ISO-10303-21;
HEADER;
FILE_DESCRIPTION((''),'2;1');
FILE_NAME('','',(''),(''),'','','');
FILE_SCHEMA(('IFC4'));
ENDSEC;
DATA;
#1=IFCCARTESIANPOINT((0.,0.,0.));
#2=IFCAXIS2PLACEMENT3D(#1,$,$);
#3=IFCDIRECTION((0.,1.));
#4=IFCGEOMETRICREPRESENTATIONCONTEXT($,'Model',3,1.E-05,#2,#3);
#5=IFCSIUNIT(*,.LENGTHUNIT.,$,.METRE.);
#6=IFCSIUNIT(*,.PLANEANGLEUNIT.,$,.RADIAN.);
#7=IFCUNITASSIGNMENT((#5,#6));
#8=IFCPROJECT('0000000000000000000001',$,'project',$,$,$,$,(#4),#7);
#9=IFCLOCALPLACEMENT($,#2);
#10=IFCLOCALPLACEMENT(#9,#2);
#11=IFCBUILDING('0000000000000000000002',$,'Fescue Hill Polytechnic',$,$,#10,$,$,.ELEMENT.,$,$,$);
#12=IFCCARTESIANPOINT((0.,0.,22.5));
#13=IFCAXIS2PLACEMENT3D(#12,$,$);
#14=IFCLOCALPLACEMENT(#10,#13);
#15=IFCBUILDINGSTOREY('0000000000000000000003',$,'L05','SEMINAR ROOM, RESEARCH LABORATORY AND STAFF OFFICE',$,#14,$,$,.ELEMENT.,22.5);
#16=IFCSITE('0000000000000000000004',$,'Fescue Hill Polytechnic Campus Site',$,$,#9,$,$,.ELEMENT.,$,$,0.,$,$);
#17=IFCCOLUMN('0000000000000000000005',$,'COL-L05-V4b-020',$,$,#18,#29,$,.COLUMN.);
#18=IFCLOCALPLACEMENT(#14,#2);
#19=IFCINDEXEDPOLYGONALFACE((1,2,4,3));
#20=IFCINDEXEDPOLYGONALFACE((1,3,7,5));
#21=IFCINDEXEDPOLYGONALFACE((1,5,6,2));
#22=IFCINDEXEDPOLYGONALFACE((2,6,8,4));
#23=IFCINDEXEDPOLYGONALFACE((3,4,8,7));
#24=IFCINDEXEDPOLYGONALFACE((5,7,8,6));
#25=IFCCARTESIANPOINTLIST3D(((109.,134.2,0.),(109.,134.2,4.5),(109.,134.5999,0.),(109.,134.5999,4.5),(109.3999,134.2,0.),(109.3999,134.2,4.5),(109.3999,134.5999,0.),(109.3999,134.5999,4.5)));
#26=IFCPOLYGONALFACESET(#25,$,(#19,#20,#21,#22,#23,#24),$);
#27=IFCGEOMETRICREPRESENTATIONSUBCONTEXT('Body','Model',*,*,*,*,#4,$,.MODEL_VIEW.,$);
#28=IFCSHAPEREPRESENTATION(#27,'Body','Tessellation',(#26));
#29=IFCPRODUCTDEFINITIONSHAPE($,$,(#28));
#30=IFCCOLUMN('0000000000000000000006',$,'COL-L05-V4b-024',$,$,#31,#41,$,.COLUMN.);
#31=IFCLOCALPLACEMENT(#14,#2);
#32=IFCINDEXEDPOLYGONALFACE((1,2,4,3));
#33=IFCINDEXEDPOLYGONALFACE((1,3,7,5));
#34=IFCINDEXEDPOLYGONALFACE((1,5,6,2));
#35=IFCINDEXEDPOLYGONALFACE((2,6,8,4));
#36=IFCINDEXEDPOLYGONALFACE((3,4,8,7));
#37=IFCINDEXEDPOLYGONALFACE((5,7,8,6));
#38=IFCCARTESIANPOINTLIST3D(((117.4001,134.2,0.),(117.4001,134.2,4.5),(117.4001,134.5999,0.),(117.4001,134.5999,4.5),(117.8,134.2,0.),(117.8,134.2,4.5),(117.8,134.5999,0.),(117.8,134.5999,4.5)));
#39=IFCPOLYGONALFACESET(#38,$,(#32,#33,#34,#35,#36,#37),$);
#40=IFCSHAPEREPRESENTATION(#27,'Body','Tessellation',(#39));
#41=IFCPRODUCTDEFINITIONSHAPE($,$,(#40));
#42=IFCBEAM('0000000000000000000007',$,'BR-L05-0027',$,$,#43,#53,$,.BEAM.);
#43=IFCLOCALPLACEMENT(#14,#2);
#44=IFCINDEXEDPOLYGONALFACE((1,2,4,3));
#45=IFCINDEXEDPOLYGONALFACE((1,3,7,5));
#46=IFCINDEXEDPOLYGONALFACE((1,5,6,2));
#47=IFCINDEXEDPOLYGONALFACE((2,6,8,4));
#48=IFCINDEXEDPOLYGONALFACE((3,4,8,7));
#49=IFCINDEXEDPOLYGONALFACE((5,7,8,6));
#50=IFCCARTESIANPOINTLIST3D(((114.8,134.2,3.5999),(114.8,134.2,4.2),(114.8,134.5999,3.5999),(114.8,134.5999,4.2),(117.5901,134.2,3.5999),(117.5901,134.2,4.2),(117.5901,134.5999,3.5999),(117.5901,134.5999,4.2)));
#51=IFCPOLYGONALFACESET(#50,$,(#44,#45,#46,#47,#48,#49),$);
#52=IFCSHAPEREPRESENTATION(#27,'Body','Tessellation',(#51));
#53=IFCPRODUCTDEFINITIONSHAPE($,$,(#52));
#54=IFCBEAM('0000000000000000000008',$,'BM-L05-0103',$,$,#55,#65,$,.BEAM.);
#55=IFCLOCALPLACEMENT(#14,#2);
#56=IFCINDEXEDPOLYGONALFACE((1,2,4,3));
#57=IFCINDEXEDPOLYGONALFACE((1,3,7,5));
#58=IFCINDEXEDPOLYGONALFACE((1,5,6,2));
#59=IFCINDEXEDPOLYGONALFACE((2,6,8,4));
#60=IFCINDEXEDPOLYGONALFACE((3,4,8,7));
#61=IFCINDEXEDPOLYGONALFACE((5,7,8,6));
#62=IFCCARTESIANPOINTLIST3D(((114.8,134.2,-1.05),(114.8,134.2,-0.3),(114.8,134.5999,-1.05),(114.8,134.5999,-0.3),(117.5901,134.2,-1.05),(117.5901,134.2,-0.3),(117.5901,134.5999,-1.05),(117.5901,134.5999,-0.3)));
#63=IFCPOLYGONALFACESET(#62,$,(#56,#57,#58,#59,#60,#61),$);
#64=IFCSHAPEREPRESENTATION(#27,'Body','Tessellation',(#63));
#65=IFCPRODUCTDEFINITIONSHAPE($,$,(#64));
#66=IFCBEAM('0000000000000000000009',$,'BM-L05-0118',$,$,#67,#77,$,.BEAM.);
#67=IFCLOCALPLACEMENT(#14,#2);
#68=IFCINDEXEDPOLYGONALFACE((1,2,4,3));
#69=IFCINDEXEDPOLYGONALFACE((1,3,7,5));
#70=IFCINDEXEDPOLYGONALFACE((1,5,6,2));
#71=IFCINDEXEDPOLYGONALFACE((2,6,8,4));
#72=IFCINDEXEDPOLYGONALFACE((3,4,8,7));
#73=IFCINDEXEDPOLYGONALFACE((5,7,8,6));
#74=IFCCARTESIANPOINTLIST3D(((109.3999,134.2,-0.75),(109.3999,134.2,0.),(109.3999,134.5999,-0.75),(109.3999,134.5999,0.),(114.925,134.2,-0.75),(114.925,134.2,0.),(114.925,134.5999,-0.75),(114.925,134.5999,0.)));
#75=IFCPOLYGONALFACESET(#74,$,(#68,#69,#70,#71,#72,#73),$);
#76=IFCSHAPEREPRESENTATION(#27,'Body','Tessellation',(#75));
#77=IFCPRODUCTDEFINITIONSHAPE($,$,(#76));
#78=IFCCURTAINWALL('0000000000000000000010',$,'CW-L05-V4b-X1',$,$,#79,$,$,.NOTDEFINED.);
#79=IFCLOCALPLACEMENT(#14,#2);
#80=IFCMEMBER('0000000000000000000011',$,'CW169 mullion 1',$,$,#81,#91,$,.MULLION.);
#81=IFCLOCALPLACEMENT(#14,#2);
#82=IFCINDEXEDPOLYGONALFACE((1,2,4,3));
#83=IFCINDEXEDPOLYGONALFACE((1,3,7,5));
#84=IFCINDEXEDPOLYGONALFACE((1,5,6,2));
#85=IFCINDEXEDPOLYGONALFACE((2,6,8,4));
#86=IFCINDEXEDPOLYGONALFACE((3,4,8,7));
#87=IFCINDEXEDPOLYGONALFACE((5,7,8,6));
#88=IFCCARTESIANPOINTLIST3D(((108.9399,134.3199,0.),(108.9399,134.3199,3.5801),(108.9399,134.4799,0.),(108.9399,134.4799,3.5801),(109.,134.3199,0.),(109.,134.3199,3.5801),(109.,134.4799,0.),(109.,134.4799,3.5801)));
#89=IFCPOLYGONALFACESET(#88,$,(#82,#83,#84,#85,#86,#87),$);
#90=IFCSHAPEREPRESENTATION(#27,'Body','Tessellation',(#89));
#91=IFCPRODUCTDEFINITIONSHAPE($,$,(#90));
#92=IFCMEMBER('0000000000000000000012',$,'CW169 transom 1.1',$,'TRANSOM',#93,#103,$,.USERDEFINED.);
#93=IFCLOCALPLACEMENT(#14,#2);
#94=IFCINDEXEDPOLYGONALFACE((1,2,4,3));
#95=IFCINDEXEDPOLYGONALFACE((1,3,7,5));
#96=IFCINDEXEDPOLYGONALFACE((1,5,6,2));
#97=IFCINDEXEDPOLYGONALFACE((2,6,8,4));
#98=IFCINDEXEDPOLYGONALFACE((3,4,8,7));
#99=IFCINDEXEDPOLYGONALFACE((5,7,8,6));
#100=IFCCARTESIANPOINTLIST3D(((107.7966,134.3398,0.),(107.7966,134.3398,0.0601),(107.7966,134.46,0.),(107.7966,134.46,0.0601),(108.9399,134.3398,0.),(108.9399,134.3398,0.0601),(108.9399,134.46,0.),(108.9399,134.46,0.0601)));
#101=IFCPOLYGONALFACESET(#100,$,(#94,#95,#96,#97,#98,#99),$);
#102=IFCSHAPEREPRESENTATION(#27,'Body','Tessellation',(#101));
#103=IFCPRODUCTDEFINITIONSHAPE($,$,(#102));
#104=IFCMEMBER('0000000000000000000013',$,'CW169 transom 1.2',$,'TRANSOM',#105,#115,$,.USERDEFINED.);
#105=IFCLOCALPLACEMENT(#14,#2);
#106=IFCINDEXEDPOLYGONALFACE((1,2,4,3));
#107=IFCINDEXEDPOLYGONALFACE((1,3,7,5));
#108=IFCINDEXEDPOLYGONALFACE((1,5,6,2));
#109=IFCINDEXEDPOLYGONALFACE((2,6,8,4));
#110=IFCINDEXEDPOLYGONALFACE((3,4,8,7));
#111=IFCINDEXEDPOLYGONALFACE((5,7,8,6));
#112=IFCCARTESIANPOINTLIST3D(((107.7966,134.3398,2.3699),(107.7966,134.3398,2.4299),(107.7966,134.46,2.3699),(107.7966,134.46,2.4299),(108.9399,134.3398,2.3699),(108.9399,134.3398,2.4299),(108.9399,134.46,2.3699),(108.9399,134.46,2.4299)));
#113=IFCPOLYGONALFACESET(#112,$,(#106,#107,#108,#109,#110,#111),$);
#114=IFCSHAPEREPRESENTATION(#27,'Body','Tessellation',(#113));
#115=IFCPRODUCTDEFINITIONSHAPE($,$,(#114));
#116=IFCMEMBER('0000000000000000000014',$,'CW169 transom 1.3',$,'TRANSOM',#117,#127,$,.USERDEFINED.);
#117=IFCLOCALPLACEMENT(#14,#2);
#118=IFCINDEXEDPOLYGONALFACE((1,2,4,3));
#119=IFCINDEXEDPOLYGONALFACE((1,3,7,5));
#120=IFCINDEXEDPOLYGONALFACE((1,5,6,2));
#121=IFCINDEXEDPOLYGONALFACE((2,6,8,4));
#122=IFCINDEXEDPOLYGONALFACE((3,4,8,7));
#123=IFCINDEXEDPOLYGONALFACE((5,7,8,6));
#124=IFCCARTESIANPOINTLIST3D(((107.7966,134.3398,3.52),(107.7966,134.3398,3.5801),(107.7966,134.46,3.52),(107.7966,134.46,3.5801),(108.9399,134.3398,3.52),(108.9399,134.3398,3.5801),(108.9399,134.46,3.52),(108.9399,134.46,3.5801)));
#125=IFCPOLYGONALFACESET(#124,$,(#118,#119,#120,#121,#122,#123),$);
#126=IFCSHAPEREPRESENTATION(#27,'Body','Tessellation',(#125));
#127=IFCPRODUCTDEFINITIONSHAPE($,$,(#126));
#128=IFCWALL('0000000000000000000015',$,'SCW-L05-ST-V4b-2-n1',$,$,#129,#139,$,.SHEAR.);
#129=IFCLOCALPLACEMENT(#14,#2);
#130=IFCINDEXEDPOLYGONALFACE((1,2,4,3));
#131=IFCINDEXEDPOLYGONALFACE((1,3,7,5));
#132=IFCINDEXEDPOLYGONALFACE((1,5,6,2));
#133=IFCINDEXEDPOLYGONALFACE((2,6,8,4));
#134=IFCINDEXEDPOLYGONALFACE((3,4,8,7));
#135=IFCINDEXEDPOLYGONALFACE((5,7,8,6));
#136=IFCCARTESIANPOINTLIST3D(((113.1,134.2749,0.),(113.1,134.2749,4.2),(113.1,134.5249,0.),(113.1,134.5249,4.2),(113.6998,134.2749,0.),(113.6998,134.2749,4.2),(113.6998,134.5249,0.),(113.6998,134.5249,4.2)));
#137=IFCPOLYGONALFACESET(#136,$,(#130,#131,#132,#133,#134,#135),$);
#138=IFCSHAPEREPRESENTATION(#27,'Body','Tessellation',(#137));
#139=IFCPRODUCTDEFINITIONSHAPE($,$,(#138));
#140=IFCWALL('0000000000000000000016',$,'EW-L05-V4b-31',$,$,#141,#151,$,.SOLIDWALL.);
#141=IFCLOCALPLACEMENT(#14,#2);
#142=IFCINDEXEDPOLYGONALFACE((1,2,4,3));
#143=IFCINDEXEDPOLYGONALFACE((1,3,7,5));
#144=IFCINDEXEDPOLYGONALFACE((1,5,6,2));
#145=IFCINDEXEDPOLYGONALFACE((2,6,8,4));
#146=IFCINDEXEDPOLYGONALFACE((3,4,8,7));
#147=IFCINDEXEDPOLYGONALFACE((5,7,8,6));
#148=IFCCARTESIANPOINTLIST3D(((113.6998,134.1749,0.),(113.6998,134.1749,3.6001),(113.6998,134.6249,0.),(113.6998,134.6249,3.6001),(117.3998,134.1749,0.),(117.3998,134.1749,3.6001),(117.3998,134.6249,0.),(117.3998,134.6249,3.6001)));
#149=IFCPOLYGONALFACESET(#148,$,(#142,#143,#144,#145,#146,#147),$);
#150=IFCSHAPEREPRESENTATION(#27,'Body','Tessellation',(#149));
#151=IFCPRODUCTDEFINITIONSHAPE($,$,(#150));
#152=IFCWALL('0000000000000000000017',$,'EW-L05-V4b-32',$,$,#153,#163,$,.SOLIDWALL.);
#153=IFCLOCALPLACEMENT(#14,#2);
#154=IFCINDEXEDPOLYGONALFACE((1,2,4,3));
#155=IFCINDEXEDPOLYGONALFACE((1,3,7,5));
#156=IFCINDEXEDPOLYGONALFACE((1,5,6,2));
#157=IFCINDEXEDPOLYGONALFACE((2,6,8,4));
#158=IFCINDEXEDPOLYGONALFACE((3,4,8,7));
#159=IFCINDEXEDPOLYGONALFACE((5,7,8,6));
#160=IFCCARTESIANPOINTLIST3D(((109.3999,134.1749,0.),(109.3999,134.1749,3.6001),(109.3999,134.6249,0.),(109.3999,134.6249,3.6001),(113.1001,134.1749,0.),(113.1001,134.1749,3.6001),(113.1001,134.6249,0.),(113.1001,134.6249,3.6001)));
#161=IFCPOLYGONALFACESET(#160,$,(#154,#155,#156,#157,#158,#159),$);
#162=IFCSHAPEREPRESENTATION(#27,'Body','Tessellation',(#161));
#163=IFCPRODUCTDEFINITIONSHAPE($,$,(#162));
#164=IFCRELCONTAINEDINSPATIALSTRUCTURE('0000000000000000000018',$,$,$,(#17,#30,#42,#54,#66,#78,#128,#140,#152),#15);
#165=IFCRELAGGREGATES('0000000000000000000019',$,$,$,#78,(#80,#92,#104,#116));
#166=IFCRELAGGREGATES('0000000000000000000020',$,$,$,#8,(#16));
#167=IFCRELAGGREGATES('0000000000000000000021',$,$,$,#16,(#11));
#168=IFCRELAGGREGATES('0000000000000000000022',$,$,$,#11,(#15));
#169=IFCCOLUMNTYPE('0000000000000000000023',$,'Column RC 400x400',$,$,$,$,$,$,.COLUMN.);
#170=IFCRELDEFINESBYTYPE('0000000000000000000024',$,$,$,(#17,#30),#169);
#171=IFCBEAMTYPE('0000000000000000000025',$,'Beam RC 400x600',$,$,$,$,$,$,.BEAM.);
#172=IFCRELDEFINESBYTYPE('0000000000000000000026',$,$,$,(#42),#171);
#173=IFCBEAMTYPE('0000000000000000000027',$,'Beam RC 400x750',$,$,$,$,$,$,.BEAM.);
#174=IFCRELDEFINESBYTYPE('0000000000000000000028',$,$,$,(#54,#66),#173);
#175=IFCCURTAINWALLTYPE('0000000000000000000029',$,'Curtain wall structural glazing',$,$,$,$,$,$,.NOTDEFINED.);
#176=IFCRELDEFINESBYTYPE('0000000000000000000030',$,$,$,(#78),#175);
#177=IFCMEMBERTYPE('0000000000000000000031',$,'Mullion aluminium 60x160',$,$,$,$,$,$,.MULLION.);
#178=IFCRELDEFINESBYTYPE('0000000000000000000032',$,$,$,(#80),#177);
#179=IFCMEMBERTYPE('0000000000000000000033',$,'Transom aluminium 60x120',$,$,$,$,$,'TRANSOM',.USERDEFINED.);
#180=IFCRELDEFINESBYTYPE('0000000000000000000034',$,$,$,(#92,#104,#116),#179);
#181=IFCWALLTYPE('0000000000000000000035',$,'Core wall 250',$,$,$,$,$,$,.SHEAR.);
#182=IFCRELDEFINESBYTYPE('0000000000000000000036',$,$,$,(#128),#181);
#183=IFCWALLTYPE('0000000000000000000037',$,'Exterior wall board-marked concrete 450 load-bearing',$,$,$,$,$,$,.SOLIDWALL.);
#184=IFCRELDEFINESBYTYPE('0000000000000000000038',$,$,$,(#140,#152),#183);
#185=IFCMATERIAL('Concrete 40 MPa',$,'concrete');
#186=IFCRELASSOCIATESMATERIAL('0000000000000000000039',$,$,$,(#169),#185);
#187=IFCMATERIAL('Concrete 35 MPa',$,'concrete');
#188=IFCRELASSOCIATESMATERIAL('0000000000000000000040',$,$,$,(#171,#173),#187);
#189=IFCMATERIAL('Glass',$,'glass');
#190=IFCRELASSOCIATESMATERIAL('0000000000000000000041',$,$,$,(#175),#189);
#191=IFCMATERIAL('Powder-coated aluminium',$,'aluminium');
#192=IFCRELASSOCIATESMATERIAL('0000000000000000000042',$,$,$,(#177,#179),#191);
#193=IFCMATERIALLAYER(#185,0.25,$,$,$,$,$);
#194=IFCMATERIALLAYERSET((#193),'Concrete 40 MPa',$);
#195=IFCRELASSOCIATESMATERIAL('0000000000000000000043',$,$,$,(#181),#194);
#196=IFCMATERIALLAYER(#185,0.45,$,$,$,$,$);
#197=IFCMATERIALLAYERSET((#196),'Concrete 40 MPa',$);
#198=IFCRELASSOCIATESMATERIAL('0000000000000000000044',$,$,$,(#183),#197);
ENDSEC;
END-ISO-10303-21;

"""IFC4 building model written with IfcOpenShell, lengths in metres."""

from ifc_helpers import new_model, si_unit, direction, frame, frame_2d, origin, origin_2d, place, context, subcontext, project, spatial, rectangle, extrude, material, layer, layer_set, material_profile, profile_set, type_object, element, aggregate, save


model = new_model("IFC4")

# Units and contexts
model_context = context("Model", 3, precision=1e-05, world=origin(), true_north=direction((0.0, 1.0)))
body_context = subcontext(model_context, "Body", "Model", "MODEL_VIEW")
ifc_project = project(units=[si_unit("LENGTHUNIT", "METRE"), si_unit("PLANEANGLEUNIT", "RADIAN")], contexts=[model_context])

# Site, building, storey
site_placement = place(None, origin())
site = spatial("IfcSite", under=ifc_project, at=site_placement, Name="Fescue Hill Polytechnic Campus Site", CompositionType="ELEMENT", RefElevation=0.0)
building_placement = place(site_placement, origin())
building = spatial("IfcBuilding", under=site, at=building_placement, Name="Fescue Hill Polytechnic", CompositionType="ELEMENT")
storey_placement = place(building_placement, frame((0.0, 0.0, 22.5)))
storey = spatial("IfcBuildingStorey", under=building, at=storey_placement, Name="L05", Description="SEMINAR ROOM, RESEARCH LABORATORY AND STAFF OFFICE", CompositionType="ELEMENT", Elevation=22.5)

# Columns
ifc_material_1 = material(Name="Concrete 40 MPa", Category="concrete")
ifc_material_profile_1 = material_profile(ifc_material_1, rectangle(XDim=0.3999, YDim=0.3999, at=origin_2d()), Name="RC 400x400")
ifc_profile_set_1 = profile_set([ifc_material_profile_1], Name="Concrete 40 MPa")
column_type = type_object("IfcColumnType", Name="Column RC 400x400", PredefinedType="COLUMN", material=ifc_profile_set_1)
for number, where, z_axis, x_axis, name in (
    (1, (109.2, 134.3999, 0.0), (0.0, 0.0, 1.0), (1.0, 0.0, 0.0), "COL-L05-V4b-020"),
    (2, (117.6001, 134.3999, 0.0), (0.0, 0.0, 1.0), (1.0, 0.0, 0.0), "COL-L05-V4b-024"),
):
    element("IfcColumn", number, at=place(storey_placement, frame(where, z_axis=z_axis, x_axis=x_axis)), inside=storey, type_object=column_type, Name=name, PredefinedType="COLUMN", context=body_context, shape_type="SweptSolid", body=[
        extrude(rectangle(XDim=0.3999, YDim=0.3999, at=origin_2d()), origin(), (0.0, 0.0, 1.0), 4.5),
    ])

# Beams
ifc_material_2 = material(Name="Concrete 35 MPa", Category="concrete")
ifc_material_profile_2 = material_profile(ifc_material_2, rectangle(XDim=0.3999, YDim=0.6001, at=origin_2d()), Name="RC 400x600")
ifc_profile_set_2 = profile_set([ifc_material_profile_2], Name="Concrete 35 MPa")
beam_type_1 = type_object("IfcBeamType", Name="Beam RC 400x600", PredefinedType="BEAM", material=ifc_profile_set_2)
beam_1_placement = place(storey_placement, frame((114.8, 134.3999, 3.8999), z_axis=(1.0, 0.0, 0.0), x_axis=(0.0, 1.0, 0.0)))
element("IfcBeam", 3, at=beam_1_placement, inside=storey, type_object=beam_type_1, Name="BR-L05-0027", PredefinedType="BEAM", context=body_context, shape_type="SweptSolid", body=[
    extrude(rectangle(XDim=0.3999, YDim=0.6001, at=origin_2d()), origin(), (0.0, 0.0, 1.0), 2.79),
])
ifc_material_profile_3 = material_profile(ifc_material_2, rectangle(XDim=0.3999, YDim=0.75, at=origin_2d()), Name="RC 400x750")
ifc_profile_set_3 = profile_set([ifc_material_profile_3], Name="Concrete 35 MPa")
beam_type_2 = type_object("IfcBeamType", Name="Beam RC 400x750", PredefinedType="BEAM", material=ifc_profile_set_3)
beam_2_placement = place(storey_placement, frame((114.8, 134.3999, -0.675), z_axis=(1.0, 0.0, 0.0), x_axis=(0.0, 1.0, 0.0)))
element("IfcBeam", 4, at=beam_2_placement, inside=storey, type_object=beam_type_2, Name="BM-L05-0103", PredefinedType="BEAM", context=body_context, shape_type="SweptSolid", body=[
    extrude(rectangle(XDim=0.3999, YDim=0.75, at=origin_2d()), origin(), (0.0, 0.0, 1.0), 2.79),
])
beam_3_placement = place(storey_placement, frame((109.3999, 134.3999, -0.375), z_axis=(1.0, 0.0, 0.0), x_axis=(0.0, 1.0, 0.0)))
element("IfcBeam", 5, at=beam_3_placement, inside=storey, type_object=beam_type_2, Name="BM-L05-0118", PredefinedType="BEAM", context=body_context, shape_type="SweptSolid", body=[
    extrude(rectangle(XDim=0.3999, YDim=0.75, at=origin_2d()), origin(), (0.0, 0.0, 1.0), 5.5251),
])

# Curtain wall, members
ifc_material_3 = material(Name="Glass", Category="glass")
curtain_wall_type = type_object("IfcCurtainWallType", Name="Curtain wall structural glazing", PredefinedType="NOTDEFINED", material=ifc_material_3)
curtain_wall_placement = place(storey_placement, origin())
curtain_wall = element("IfcCurtainWall", 6, at=curtain_wall_placement, inside=storey, type_object=curtain_wall_type, Name="CW-L05-V4b-X1", PredefinedType="NOTDEFINED")
ifc_material_4 = material(Name="Powder-coated aluminium", Category="aluminium")
ifc_material_profile_4 = material_profile(ifc_material_4, rectangle(XDim=0.1599, YDim=0.0601, at=origin_2d()), Name="Mullion aluminium 60x160")
ifc_profile_set_4 = profile_set([ifc_material_profile_4], Name="Powder-coated aluminium")
member_type_1 = type_object("IfcMemberType", Name="Mullion aluminium 60x160", PredefinedType="MULLION", material=ifc_profile_set_4)
member_1_placement = place(storey_placement, frame((108.97, 134.3999, 0.0), z_axis=(0.0, 0.0, 1.0), x_axis=(0.0, -1.0, 0.0)))
member_1 = element("IfcMember", 7, at=member_1_placement, type_object=member_type_1, Name="CW169 mullion 1", PredefinedType="MULLION", context=body_context, shape_type="SweptSolid", body=[
    extrude(rectangle(XDim=0.1599, YDim=0.0601, at=origin_2d()), origin(), (0.0, 0.0, 1.0), 3.5801),
])
ifc_material_profile_5 = material_profile(ifc_material_4, rectangle(XDim=0.1201, YDim=0.0601, at=origin_2d()), Name="Transom aluminium 60x120")
ifc_profile_set_5 = profile_set([ifc_material_profile_5], Name="Powder-coated aluminium")
member_type_2 = type_object("IfcMemberType", Name="Transom aluminium 60x120", ElementType="TRANSOM", PredefinedType="USERDEFINED", material=ifc_profile_set_5)
member_2_placement = place(storey_placement, frame((108.9399, 134.3999, 0.03), z_axis=(-1.0, 0.0, 0.0), x_axis=(0.0, -1.0, 0.0)))
member_2 = element("IfcMember", 8, at=member_2_placement, type_object=member_type_2, Name="CW169 transom 1.1", ObjectType="TRANSOM", PredefinedType="USERDEFINED", context=body_context, shape_type="SweptSolid", body=[
    extrude(rectangle(XDim=0.1201, YDim=0.0601, at=origin_2d()), origin(), (0.0, 0.0, 1.0), 1.1433),
])
member_3_placement = place(storey_placement, frame((108.9399, 134.3999, 2.3999), z_axis=(-1.0, 0.0, 0.0), x_axis=(0.0, -1.0, 0.0)))
member_3 = element("IfcMember", 9, at=member_3_placement, type_object=member_type_2, Name="CW169 transom 1.2", ObjectType="TRANSOM", PredefinedType="USERDEFINED", context=body_context, shape_type="SweptSolid", body=[
    extrude(rectangle(XDim=0.1201, YDim=0.0601, at=origin_2d()), origin(), (0.0, 0.0, 1.0), 1.1433),
])
member_4_placement = place(storey_placement, frame((108.9399, 134.3999, 3.55), z_axis=(-1.0, 0.0, 0.0), x_axis=(0.0, -1.0, 0.0)))
member_4 = element("IfcMember", 10, at=member_4_placement, type_object=member_type_2, Name="CW169 transom 1.3", ObjectType="TRANSOM", PredefinedType="USERDEFINED", context=body_context, shape_type="SweptSolid", body=[
    extrude(rectangle(XDim=0.1201, YDim=0.0601, at=origin_2d()), origin(), (0.0, 0.0, 1.0), 1.1433),
])
aggregate(curtain_wall, [member_1, member_2, member_3, member_4])

# Walls
ifc_layer_1 = layer(ifc_material_1, 0.25)
ifc_layer_set_1 = layer_set([ifc_layer_1], Name="Concrete 40 MPa")
wall_type_1 = type_object("IfcWallType", Name="Core wall 250", PredefinedType="SHEAR", material=ifc_layer_set_1)
wall_1_placement = place(storey_placement, frame((113.1001, 134.3999, 0.0), z_axis=(0.0, 0.0, 1.0), x_axis=(1.0, 0.0, 0.0)))
element("IfcWall", 11, at=wall_1_placement, inside=storey, type_object=wall_type_1, Name="SCW-L05-ST-V4b-2-n1", PredefinedType="SHEAR", context=body_context, shape_type="SweptSolid", body=[
    extrude(rectangle(XDim=0.5999, YDim=0.25, at=frame_2d((0.2998, 0.0))), origin(), (0.0, 0.0, 1.0), 4.2),
])
ifc_layer_2 = layer(ifc_material_1, 0.45)
ifc_layer_set_2 = layer_set([ifc_layer_2], Name="Concrete 40 MPa")
wall_type_2 = type_object("IfcWallType", Name="Exterior wall board-marked concrete 450 load-bearing", PredefinedType="SOLIDWALL", material=ifc_layer_set_2)
wall_2_placement = place(storey_placement, frame((117.3999, 134.3999, 0.0), z_axis=(0.0, 0.0, 1.0), x_axis=(-1.0, 0.0, 0.0)))
element("IfcWall", 12, at=wall_2_placement, inside=storey, type_object=wall_type_2, Name="EW-L05-V4b-31", PredefinedType="SOLIDWALL", context=body_context, shape_type="SweptSolid", body=[
    extrude(rectangle(XDim=3.7, YDim=0.45, at=frame_2d((1.8501, 0.0))), origin(), (0.0, 0.0, 1.0), 3.6001),
])
wall_3_placement = place(storey_placement, frame((113.1001, 134.3999, 0.0), z_axis=(0.0, 0.0, 1.0), x_axis=(-1.0, 0.0, 0.0)))
element("IfcWall", 13, at=wall_3_placement, inside=storey, type_object=wall_type_2, Name="EW-L05-V4b-32", PredefinedType="SOLIDWALL", context=body_context, shape_type="SweptSolid", body=[
    extrude(rectangle(XDim=3.7002, YDim=0.45, at=frame_2d((1.8501, 0.0))), origin(), (0.0, 0.0, 1.0), 3.6001),
])

save(model, "model.ifc")
